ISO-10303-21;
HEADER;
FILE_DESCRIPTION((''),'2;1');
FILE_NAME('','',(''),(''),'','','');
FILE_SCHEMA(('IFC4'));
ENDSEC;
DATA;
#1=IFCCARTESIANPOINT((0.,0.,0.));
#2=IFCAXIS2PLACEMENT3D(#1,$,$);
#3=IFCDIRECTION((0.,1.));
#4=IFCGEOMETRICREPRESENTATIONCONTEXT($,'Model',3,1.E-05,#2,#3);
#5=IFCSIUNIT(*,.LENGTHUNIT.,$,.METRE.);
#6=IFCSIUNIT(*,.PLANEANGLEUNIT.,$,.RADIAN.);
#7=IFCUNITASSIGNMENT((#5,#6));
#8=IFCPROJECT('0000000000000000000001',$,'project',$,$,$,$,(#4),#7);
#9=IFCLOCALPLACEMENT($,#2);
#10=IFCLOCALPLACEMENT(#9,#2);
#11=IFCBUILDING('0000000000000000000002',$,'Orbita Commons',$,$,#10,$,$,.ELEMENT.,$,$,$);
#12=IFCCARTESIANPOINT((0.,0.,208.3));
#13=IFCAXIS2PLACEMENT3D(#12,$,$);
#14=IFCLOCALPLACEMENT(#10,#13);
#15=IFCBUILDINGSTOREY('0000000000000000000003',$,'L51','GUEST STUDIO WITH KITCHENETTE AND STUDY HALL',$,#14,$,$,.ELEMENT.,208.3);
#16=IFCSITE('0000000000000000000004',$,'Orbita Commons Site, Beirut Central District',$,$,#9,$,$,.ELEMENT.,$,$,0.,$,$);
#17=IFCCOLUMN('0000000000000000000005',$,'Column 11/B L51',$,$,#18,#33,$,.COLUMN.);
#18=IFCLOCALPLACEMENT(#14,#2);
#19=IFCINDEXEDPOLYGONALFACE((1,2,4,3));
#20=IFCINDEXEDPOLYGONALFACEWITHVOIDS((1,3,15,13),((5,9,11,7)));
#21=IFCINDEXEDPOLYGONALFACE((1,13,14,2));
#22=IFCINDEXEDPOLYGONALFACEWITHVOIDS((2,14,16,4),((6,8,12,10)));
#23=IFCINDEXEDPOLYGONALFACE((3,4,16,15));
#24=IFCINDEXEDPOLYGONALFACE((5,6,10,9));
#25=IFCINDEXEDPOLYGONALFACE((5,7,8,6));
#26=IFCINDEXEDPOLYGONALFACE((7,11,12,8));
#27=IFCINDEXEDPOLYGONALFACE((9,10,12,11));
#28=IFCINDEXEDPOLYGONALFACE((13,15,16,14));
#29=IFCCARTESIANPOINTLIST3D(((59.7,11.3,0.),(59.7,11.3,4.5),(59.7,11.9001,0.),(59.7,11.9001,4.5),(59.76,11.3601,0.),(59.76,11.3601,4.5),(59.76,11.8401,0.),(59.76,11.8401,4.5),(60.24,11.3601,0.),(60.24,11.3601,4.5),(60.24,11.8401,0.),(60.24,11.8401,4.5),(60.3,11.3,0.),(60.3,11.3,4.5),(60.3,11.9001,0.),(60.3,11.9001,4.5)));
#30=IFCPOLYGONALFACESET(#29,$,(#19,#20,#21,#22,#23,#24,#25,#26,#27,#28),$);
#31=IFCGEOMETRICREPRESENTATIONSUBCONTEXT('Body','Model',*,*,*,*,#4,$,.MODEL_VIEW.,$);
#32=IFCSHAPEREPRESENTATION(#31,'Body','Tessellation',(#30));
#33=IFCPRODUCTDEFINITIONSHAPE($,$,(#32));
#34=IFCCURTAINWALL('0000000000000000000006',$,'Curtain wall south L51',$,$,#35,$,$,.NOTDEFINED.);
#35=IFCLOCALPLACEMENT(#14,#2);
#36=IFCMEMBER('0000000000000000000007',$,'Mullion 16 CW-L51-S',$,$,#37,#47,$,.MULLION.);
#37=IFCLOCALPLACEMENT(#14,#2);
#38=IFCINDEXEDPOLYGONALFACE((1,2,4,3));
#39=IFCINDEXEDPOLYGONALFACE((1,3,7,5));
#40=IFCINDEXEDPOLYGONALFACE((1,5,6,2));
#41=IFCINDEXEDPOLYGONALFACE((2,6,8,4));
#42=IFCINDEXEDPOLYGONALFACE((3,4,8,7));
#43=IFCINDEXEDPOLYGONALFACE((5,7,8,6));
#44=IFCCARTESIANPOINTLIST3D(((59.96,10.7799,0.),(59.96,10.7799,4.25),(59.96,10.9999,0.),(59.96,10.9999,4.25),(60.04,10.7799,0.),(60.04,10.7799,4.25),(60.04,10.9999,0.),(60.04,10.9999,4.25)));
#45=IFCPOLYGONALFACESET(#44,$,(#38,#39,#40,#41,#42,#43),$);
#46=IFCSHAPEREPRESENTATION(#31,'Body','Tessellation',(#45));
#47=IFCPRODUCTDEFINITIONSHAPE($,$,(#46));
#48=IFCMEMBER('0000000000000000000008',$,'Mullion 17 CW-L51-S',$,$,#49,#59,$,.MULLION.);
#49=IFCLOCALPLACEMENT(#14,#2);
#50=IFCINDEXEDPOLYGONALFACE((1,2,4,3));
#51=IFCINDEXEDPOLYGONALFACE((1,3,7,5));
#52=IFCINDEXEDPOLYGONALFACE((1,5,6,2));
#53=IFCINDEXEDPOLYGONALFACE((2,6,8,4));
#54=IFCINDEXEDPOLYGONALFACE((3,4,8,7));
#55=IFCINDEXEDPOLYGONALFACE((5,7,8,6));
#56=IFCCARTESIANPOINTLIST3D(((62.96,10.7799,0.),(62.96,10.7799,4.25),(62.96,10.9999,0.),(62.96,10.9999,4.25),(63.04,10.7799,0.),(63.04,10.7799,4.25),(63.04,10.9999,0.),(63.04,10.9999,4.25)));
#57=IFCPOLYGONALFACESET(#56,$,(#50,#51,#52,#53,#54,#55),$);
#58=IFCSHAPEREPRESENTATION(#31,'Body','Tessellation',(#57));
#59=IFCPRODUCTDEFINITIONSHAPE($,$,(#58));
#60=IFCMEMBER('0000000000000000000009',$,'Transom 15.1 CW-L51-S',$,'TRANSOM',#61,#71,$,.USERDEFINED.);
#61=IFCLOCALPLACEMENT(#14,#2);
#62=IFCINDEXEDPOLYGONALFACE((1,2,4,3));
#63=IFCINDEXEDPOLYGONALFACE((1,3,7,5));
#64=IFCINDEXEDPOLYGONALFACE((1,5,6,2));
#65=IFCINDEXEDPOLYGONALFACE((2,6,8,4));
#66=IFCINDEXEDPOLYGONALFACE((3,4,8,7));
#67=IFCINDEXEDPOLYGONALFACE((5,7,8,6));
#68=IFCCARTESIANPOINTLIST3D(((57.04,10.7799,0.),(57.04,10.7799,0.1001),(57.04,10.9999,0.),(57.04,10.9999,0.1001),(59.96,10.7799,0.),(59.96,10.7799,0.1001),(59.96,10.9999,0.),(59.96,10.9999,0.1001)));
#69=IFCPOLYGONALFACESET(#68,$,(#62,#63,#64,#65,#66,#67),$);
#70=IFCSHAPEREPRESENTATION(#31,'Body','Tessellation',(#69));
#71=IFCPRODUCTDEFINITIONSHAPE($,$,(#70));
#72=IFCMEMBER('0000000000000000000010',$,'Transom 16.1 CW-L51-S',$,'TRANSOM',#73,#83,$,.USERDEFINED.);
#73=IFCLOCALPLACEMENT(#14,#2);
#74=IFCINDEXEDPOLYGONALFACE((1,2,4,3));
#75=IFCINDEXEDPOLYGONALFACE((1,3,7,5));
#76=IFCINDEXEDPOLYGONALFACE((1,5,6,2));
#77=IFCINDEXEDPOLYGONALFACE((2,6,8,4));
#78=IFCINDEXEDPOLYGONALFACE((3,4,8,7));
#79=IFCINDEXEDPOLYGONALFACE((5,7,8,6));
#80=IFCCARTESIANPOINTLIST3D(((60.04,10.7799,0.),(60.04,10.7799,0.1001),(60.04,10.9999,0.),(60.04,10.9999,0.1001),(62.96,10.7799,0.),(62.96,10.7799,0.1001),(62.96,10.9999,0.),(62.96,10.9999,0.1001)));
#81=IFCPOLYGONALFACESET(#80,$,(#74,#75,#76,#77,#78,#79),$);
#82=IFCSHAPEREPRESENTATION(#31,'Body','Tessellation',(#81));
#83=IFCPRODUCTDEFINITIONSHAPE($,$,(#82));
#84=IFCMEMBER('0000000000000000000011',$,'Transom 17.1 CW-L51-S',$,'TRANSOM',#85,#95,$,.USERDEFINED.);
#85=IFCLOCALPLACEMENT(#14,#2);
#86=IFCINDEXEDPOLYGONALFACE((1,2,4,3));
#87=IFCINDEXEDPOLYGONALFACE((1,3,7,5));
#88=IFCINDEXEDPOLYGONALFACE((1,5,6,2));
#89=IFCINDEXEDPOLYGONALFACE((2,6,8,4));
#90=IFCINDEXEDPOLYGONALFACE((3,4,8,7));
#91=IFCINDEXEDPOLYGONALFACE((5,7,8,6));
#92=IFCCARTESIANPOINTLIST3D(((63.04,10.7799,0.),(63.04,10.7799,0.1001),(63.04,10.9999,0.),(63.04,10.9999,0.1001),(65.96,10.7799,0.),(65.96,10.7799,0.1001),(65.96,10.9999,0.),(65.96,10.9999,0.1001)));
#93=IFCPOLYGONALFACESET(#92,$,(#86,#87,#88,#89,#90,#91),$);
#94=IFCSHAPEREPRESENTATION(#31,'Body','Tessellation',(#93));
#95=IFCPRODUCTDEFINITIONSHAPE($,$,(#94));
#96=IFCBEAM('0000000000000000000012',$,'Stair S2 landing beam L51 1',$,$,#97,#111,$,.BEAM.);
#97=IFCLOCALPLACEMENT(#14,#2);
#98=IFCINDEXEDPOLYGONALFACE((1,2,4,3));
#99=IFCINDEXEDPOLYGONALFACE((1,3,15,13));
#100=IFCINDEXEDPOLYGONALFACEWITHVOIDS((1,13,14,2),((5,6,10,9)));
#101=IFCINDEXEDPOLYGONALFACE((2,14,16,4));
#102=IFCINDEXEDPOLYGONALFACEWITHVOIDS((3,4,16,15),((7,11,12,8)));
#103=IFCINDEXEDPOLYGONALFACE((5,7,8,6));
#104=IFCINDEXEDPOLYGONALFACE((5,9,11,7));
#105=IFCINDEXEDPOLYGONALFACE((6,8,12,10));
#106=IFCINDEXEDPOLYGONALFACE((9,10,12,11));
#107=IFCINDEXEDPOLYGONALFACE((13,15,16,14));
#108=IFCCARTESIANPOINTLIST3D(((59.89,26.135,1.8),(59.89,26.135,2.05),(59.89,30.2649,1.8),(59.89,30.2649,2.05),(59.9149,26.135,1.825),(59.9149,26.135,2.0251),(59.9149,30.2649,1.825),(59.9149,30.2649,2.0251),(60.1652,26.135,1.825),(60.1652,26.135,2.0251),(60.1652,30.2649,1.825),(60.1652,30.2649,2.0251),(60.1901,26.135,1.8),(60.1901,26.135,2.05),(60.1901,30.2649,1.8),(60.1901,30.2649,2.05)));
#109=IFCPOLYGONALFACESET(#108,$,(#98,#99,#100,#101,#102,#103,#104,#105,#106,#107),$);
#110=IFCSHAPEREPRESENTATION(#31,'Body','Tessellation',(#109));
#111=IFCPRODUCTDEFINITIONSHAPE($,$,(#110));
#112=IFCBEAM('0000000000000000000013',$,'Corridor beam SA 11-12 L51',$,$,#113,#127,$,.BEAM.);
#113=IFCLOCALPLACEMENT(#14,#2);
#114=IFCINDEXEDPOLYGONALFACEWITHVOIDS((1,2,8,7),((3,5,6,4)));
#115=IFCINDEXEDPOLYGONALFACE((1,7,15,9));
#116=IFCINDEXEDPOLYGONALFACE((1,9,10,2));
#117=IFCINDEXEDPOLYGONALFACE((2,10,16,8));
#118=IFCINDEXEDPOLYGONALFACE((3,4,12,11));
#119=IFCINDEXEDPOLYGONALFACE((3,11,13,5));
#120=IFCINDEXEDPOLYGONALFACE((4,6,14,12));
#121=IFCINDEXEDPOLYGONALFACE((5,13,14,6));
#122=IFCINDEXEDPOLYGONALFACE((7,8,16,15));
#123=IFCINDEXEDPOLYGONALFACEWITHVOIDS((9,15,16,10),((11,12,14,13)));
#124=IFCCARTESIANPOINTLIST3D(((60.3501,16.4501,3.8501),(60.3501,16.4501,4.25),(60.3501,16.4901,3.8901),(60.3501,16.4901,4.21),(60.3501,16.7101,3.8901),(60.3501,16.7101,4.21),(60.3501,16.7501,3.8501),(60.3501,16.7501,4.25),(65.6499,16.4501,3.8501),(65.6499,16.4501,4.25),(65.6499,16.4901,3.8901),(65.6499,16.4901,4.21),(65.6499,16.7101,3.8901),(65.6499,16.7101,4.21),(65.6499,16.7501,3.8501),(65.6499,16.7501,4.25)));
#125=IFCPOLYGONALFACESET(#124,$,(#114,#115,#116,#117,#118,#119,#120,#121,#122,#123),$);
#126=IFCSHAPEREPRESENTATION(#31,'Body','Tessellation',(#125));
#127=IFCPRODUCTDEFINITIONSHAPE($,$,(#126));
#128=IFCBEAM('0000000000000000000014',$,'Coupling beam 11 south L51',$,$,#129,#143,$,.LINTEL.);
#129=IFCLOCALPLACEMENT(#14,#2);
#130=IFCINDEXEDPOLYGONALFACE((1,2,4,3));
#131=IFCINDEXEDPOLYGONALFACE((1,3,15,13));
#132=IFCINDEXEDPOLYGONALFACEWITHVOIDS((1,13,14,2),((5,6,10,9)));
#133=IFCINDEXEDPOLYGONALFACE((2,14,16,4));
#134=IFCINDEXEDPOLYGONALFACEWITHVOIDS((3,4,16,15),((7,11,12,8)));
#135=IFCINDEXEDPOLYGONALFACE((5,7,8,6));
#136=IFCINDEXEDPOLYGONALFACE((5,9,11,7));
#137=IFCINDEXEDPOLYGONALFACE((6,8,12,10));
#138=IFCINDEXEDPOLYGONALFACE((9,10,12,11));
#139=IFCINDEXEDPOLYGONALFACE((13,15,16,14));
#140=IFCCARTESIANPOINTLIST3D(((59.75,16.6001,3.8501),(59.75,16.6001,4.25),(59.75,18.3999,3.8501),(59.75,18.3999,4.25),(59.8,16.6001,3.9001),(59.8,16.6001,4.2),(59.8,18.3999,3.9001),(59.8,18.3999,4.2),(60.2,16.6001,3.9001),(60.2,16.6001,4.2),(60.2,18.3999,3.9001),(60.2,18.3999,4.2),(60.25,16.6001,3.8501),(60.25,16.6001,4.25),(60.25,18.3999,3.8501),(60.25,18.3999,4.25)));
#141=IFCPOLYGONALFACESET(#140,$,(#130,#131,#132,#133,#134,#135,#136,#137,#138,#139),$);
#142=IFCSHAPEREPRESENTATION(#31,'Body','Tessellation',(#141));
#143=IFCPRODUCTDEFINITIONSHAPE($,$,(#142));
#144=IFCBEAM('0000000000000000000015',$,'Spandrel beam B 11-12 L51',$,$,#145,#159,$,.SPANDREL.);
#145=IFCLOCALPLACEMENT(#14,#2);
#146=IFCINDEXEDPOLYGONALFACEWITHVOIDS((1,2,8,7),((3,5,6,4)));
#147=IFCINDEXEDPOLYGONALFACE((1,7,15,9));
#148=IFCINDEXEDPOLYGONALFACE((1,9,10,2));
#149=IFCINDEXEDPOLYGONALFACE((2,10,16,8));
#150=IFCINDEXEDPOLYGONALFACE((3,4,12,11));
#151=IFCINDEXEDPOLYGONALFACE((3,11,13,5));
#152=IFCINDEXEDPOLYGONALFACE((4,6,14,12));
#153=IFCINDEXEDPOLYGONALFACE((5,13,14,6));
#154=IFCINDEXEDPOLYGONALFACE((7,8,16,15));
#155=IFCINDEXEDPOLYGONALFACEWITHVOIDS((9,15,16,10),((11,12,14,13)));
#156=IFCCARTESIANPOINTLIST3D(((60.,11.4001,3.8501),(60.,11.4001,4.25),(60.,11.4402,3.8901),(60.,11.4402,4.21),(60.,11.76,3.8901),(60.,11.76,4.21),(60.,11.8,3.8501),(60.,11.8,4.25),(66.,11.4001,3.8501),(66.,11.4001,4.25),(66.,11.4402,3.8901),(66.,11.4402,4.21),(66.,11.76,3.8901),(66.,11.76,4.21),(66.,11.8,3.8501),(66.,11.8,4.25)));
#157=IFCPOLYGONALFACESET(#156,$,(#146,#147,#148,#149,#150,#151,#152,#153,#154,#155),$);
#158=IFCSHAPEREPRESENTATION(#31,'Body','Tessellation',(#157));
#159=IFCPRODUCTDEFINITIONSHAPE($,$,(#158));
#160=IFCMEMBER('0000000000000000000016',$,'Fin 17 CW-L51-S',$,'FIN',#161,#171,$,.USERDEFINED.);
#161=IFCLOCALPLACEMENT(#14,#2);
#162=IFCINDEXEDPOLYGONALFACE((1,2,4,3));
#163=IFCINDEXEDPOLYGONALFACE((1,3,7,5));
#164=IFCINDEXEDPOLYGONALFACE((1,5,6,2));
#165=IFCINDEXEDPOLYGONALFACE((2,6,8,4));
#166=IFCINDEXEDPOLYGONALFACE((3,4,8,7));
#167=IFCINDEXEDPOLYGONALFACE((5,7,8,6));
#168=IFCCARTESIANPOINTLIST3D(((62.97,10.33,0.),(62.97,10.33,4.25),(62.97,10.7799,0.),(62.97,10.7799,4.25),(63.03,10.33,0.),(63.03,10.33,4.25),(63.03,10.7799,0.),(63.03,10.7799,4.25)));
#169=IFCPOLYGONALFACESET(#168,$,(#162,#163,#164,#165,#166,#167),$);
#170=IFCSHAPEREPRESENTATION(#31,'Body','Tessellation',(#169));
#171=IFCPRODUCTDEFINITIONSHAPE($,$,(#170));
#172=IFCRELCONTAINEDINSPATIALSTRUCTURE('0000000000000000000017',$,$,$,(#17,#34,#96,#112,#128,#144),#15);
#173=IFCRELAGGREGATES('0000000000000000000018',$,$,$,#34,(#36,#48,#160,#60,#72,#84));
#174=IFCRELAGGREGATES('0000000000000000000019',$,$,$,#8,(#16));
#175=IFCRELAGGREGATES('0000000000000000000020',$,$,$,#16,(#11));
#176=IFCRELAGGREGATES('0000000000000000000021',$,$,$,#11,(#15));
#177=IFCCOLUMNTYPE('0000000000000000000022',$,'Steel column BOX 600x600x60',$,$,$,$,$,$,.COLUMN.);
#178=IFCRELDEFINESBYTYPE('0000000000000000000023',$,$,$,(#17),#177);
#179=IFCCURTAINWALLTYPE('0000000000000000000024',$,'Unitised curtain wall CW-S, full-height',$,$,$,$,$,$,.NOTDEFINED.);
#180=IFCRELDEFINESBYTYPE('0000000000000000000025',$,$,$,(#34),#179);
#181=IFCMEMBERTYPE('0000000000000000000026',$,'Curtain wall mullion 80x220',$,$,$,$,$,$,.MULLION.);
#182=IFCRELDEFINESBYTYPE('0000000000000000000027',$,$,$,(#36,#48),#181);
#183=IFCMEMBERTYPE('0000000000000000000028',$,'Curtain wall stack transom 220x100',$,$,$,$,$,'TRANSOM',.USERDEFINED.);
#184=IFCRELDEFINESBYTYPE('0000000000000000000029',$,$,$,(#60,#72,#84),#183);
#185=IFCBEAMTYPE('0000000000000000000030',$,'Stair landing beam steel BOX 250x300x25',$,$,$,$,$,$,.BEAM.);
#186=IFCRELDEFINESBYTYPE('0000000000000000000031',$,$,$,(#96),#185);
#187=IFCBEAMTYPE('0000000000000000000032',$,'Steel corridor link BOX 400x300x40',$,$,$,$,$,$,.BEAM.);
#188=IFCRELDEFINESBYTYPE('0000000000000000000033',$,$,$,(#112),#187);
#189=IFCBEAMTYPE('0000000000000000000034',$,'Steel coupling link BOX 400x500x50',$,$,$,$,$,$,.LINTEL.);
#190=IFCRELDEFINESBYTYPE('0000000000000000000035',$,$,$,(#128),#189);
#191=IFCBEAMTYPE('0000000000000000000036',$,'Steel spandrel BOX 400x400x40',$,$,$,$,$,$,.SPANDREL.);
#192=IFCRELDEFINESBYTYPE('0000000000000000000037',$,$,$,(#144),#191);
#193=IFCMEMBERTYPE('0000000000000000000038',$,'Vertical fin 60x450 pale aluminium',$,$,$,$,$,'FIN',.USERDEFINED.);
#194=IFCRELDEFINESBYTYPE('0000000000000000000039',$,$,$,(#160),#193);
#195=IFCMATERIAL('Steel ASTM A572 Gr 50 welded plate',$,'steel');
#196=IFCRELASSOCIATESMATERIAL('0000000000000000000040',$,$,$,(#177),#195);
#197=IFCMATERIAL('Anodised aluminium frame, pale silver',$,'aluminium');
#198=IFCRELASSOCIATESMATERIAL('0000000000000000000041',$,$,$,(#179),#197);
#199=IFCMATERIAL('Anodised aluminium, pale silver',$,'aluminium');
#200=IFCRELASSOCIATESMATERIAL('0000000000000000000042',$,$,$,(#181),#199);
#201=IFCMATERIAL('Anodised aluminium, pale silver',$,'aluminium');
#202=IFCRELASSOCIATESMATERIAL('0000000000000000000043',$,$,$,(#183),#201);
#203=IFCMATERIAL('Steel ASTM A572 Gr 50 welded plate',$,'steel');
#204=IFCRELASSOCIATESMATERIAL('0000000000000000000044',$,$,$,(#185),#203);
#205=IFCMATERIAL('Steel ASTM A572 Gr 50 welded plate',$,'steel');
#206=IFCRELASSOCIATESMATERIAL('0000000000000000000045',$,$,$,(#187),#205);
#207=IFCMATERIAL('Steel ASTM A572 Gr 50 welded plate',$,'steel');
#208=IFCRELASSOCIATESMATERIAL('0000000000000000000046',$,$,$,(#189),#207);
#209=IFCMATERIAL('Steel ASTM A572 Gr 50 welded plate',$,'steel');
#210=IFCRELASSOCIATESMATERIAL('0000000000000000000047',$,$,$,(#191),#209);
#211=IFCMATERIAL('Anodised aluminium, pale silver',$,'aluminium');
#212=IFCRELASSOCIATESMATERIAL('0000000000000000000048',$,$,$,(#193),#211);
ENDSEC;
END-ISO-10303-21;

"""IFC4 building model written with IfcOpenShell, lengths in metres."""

from ifc_helpers import new_model, si_unit, direction, frame, origin, origin_2d, place, context, subcontext, project, spatial, rectangle, hollow_rectangle, extrude, material, material_profile, profile_set, type_object, element, aggregate, save


model = new_model("IFC4")

# Units and contexts
model_context = context("Model", 3, precision=1e-05, world=origin(), true_north=direction((0.0, 1.0)))
body_context = subcontext(model_context, "Body", "Model", "MODEL_VIEW")
ifc_project = project(units=[si_unit("LENGTHUNIT", "METRE"), si_unit("PLANEANGLEUNIT", "RADIAN")], contexts=[model_context])

# Site, building, storey
site_placement = place(None, origin())
site = spatial("IfcSite", under=ifc_project, at=site_placement, Name="Orbita Commons Site, Beirut Central District", CompositionType="ELEMENT", RefElevation=0.0)
building_placement = place(site_placement, origin())
building = spatial("IfcBuilding", under=site, at=building_placement, Name="Orbita Commons", CompositionType="ELEMENT")
storey_placement = place(building_placement, frame((0.0, 0.0, 208.3)))
storey = spatial("IfcBuildingStorey", under=building, at=storey_placement, Name="L51", Description="GUEST STUDIO WITH KITCHENETTE AND STUDY HALL", CompositionType="ELEMENT", Elevation=208.3)

# Column
ifc_material_1 = material(Name="Steel ASTM A572 Gr 50 welded plate", Category="steel")
ifc_material_profile_1 = material_profile(ifc_material_1, hollow_rectangle(XDim=0.6001, YDim=0.6001, WallThickness=0.0601, at=origin_2d()), Name="BOX 600x600x60")
ifc_profile_set_1 = profile_set([ifc_material_profile_1], Name="Steel ASTM A572 Gr 50 welded plate")
column_type = type_object("IfcColumnType", Name="Steel column BOX 600x600x60", PredefinedType="COLUMN", material=ifc_profile_set_1)
column_placement = place(storey_placement, frame((60.0, 11.6001, 0.0), z_axis=(0.0, 0.0, 1.0), x_axis=(1.0, 0.0, 0.0)))
element("IfcColumn", 1, at=column_placement, inside=storey, type_object=column_type, Name="Column 11/B L51", PredefinedType="COLUMN", context=body_context, shape_type="SweptSolid", body=[
    extrude(hollow_rectangle(XDim=0.6001, YDim=0.6001, WallThickness=0.0601, at=origin_2d()), origin(), (0.0, 0.0, 1.0), 4.5),
])

# Curtain wall, members
ifc_material_2 = material(Name="Anodised aluminium frame, pale silver", Category="aluminium")
curtain_wall_type = type_object("IfcCurtainWallType", Name="Unitised curtain wall CW-S, full-height", PredefinedType="NOTDEFINED", material=ifc_material_2)
curtain_wall_placement = place(storey_placement, origin())
curtain_wall = element("IfcCurtainWall", 2, at=curtain_wall_placement, inside=storey, type_object=curtain_wall_type, Name="Curtain wall south L51", PredefinedType="NOTDEFINED")
ifc_material_3 = material(Name="Anodised aluminium, pale silver", Category="aluminium")
ifc_material_profile_2 = material_profile(ifc_material_3, rectangle(XDim=0.0801, YDim=0.22, at=origin_2d()), Name="AL 80x220")
ifc_profile_set_2 = profile_set([ifc_material_profile_2], Name="Anodised aluminium, pale silver")
member_type_1 = type_object("IfcMemberType", Name="Curtain wall mullion 80x220", PredefinedType="MULLION", material=ifc_profile_set_2)
member_1_placement = place(storey_placement, frame((60.0, 10.8899, 0.0), z_axis=(0.0, 0.0, 1.0), x_axis=(1.0, 0.0, 0.0)))
member_1 = element("IfcMember", 3, at=member_1_placement, type_object=member_type_1, Name="Mullion 16 CW-L51-S", PredefinedType="MULLION", context=body_context, shape_type="SweptSolid", body=[
    extrude(rectangle(XDim=0.0801, YDim=0.22, at=origin_2d()), origin(), (0.0, 0.0, 1.0), 4.25),
])
member_2_placement = place(storey_placement, frame((63.0, 10.8899, 0.0), z_axis=(0.0, 0.0, 1.0), x_axis=(1.0, 0.0, 0.0)))
member_2 = element("IfcMember", 4, at=member_2_placement, type_object=member_type_1, Name="Mullion 17 CW-L51-S", PredefinedType="MULLION", context=body_context, shape_type="SweptSolid", body=[
    extrude(rectangle(XDim=0.0801, YDim=0.22, at=origin_2d()), origin(), (0.0, 0.0, 1.0), 4.25),
])
ifc_material_4 = material(Name="Anodised aluminium, pale silver", Category="aluminium")
ifc_material_profile_3 = material_profile(ifc_material_4, rectangle(XDim=0.22, YDim=0.1001, at=origin_2d()), Name="AL 220x100")
ifc_profile_set_3 = profile_set([ifc_material_profile_3], Name="Anodised aluminium, pale silver")
member_type_2 = type_object("IfcMemberType", Name="Curtain wall stack transom 220x100", ElementType="TRANSOM", PredefinedType="USERDEFINED", material=ifc_profile_set_3)
member_3_placement = place(storey_placement, frame((57.04, 10.8899, 0.05), z_axis=(1.0, 0.0, 0.0), x_axis=(0.0, 1.0, 0.0)))
member_3 = element("IfcMember", 5, at=member_3_placement, type_object=member_type_2, Name="Transom 15.1 CW-L51-S", ObjectType="TRANSOM", PredefinedType="USERDEFINED", context=body_context, shape_type="SweptSolid", body=[
    extrude(rectangle(XDim=0.22, YDim=0.1001, at=origin_2d()), origin(), (0.0, 0.0, 1.0), 2.9199),
])
member_4_placement = place(storey_placement, frame((60.04, 10.8899, 0.05), z_axis=(1.0, 0.0, 0.0), x_axis=(0.0, 1.0, 0.0)))
member_4 = element("IfcMember", 6, at=member_4_placement, type_object=member_type_2, Name="Transom 16.1 CW-L51-S", ObjectType="TRANSOM", PredefinedType="USERDEFINED", context=body_context, shape_type="SweptSolid", body=[
    extrude(rectangle(XDim=0.22, YDim=0.1001, at=origin_2d()), origin(), (0.0, 0.0, 1.0), 2.9199),
])
member_5_placement = place(storey_placement, frame((63.04, 10.8899, 0.05), z_axis=(1.0, 0.0, 0.0), x_axis=(0.0, 1.0, 0.0)))
member_5 = element("IfcMember", 7, at=member_5_placement, type_object=member_type_2, Name="Transom 17.1 CW-L51-S", ObjectType="TRANSOM", PredefinedType="USERDEFINED", context=body_context, shape_type="SweptSolid", body=[
    extrude(rectangle(XDim=0.22, YDim=0.1001, at=origin_2d()), origin(), (0.0, 0.0, 1.0), 2.9199),
])

# Beams
ifc_material_5 = material(Name="Steel ASTM A572 Gr 50 welded plate", Category="steel")
ifc_material_profile_4 = material_profile(ifc_material_5, hollow_rectangle(XDim=0.3, YDim=0.25, WallThickness=0.0249, at=origin_2d()), Name="BOX 250x300x25")
ifc_profile_set_4 = profile_set([ifc_material_profile_4], Name="Steel ASTM A572 Gr 50 welded plate")
beam_type_1 = type_object("IfcBeamType", Name="Stair landing beam steel BOX 250x300x25", PredefinedType="BEAM", material=ifc_profile_set_4)
beam_1_placement = place(storey_placement, frame((60.04, 26.135, 1.925), z_axis=(0.0, 1.0, 0.0), x_axis=(-1.0, 0.0, 0.0)))
element("IfcBeam", 8, at=beam_1_placement, inside=storey, type_object=beam_type_1, Name="Stair S2 landing beam L51 1", PredefinedType="BEAM", context=body_context, shape_type="SweptSolid", body=[
    extrude(hollow_rectangle(XDim=0.3, YDim=0.25, WallThickness=0.0249, at=origin_2d()), origin(), (0.0, 0.0, 1.0), 4.1299),
])
ifc_material_6 = material(Name="Steel ASTM A572 Gr 50 welded plate", Category="steel")
ifc_material_profile_5 = material_profile(ifc_material_6, hollow_rectangle(XDim=0.3, YDim=0.3999, WallThickness=0.04, at=origin_2d()), Name="BOX 400x300x40")
ifc_profile_set_5 = profile_set([ifc_material_profile_5], Name="Steel ASTM A572 Gr 50 welded plate")
beam_type_2 = type_object("IfcBeamType", Name="Steel corridor link BOX 400x300x40", PredefinedType="BEAM", material=ifc_profile_set_5)
beam_2_placement = place(storey_placement, frame((60.3501, 16.6001, 4.05), z_axis=(1.0, 0.0, 0.0), x_axis=(0.0, 1.0, 0.0)))
element("IfcBeam", 9, at=beam_2_placement, inside=storey, type_object=beam_type_2, Name="Corridor beam SA 11-12 L51", PredefinedType="BEAM", context=body_context, shape_type="SweptSolid", body=[
    extrude(hollow_rectangle(XDim=0.3, YDim=0.3999, WallThickness=0.04, at=origin_2d()), origin(), (0.0, 0.0, 1.0), 5.2998),
])
ifc_material_7 = material(Name="Steel ASTM A572 Gr 50 welded plate", Category="steel")
ifc_material_profile_6 = material_profile(ifc_material_7, hollow_rectangle(XDim=0.5, YDim=0.3999, WallThickness=0.05, at=origin_2d()), Name="BOX 400x500x50")
ifc_profile_set_6 = profile_set([ifc_material_profile_6], Name="Steel ASTM A572 Gr 50 welded plate")
beam_type_3 = type_object("IfcBeamType", Name="Steel coupling link BOX 400x500x50", PredefinedType="LINTEL", material=ifc_profile_set_6)
beam_3_placement = place(storey_placement, frame((60.0, 16.6001, 4.05), z_axis=(0.0, 1.0, 0.0), x_axis=(-1.0, 0.0, 0.0)))
element("IfcBeam", 10, at=beam_3_placement, inside=storey, type_object=beam_type_3, Name="Coupling beam 11 south L51", PredefinedType="LINTEL", context=body_context, shape_type="SweptSolid", body=[
    extrude(hollow_rectangle(XDim=0.5, YDim=0.3999, WallThickness=0.05, at=origin_2d()), origin(), (0.0, 0.0, 1.0), 1.7998),
])
ifc_material_8 = material(Name="Steel ASTM A572 Gr 50 welded plate", Category="steel")
ifc_material_profile_7 = material_profile(ifc_material_8, hollow_rectangle(XDim=0.3999, YDim=0.3999, WallThickness=0.04, at=origin_2d()), Name="BOX 400x400x40")
ifc_profile_set_7 = profile_set([ifc_material_profile_7], Name="Steel ASTM A572 Gr 50 welded plate")
beam_type_4 = type_object("IfcBeamType", Name="Steel spandrel BOX 400x400x40", PredefinedType="SPANDREL", material=ifc_profile_set_7)
beam_4_placement = place(storey_placement, frame((60.0, 11.6001, 4.05), z_axis=(1.0, 0.0, 0.0), x_axis=(0.0, 1.0, 0.0)))
element("IfcBeam", 11, at=beam_4_placement, inside=storey, type_object=beam_type_4, Name="Spandrel beam B 11-12 L51", PredefinedType="SPANDREL", context=body_context, shape_type="SweptSolid", body=[
    extrude(hollow_rectangle(XDim=0.3999, YDim=0.3999, WallThickness=0.04, at=origin_2d()), origin(), (0.0, 0.0, 1.0), 6.0),
])

# Member
ifc_material_9 = material(Name="Anodised aluminium, pale silver", Category="aluminium")
ifc_material_profile_8 = material_profile(ifc_material_9, rectangle(XDim=0.0601, YDim=0.45, at=origin_2d()), Name="FIN 60x450")
ifc_profile_set_8 = profile_set([ifc_material_profile_8], Name="Anodised aluminium, pale silver")
member_type_3 = type_object("IfcMemberType", Name="Vertical fin 60x450 pale aluminium", ElementType="FIN", PredefinedType="USERDEFINED", material=ifc_profile_set_8)
member_6_placement = place(storey_placement, frame((63.0, 10.5549, 0.0), z_axis=(0.0, 0.0, 1.0), x_axis=(1.0, 0.0, 0.0)))
member_6 = element("IfcMember", 12, at=member_6_placement, type_object=member_type_3, Name="Fin 17 CW-L51-S", ObjectType="FIN", PredefinedType="USERDEFINED", context=body_context, shape_type="SweptSolid", body=[
    extrude(rectangle(XDim=0.0601, YDim=0.45, at=origin_2d()), origin(), (0.0, 0.0, 1.0), 4.25),
])

aggregate(curtain_wall, [member_1, member_2, member_6, member_3, member_4, member_5])

save(model, "model.ifc")
